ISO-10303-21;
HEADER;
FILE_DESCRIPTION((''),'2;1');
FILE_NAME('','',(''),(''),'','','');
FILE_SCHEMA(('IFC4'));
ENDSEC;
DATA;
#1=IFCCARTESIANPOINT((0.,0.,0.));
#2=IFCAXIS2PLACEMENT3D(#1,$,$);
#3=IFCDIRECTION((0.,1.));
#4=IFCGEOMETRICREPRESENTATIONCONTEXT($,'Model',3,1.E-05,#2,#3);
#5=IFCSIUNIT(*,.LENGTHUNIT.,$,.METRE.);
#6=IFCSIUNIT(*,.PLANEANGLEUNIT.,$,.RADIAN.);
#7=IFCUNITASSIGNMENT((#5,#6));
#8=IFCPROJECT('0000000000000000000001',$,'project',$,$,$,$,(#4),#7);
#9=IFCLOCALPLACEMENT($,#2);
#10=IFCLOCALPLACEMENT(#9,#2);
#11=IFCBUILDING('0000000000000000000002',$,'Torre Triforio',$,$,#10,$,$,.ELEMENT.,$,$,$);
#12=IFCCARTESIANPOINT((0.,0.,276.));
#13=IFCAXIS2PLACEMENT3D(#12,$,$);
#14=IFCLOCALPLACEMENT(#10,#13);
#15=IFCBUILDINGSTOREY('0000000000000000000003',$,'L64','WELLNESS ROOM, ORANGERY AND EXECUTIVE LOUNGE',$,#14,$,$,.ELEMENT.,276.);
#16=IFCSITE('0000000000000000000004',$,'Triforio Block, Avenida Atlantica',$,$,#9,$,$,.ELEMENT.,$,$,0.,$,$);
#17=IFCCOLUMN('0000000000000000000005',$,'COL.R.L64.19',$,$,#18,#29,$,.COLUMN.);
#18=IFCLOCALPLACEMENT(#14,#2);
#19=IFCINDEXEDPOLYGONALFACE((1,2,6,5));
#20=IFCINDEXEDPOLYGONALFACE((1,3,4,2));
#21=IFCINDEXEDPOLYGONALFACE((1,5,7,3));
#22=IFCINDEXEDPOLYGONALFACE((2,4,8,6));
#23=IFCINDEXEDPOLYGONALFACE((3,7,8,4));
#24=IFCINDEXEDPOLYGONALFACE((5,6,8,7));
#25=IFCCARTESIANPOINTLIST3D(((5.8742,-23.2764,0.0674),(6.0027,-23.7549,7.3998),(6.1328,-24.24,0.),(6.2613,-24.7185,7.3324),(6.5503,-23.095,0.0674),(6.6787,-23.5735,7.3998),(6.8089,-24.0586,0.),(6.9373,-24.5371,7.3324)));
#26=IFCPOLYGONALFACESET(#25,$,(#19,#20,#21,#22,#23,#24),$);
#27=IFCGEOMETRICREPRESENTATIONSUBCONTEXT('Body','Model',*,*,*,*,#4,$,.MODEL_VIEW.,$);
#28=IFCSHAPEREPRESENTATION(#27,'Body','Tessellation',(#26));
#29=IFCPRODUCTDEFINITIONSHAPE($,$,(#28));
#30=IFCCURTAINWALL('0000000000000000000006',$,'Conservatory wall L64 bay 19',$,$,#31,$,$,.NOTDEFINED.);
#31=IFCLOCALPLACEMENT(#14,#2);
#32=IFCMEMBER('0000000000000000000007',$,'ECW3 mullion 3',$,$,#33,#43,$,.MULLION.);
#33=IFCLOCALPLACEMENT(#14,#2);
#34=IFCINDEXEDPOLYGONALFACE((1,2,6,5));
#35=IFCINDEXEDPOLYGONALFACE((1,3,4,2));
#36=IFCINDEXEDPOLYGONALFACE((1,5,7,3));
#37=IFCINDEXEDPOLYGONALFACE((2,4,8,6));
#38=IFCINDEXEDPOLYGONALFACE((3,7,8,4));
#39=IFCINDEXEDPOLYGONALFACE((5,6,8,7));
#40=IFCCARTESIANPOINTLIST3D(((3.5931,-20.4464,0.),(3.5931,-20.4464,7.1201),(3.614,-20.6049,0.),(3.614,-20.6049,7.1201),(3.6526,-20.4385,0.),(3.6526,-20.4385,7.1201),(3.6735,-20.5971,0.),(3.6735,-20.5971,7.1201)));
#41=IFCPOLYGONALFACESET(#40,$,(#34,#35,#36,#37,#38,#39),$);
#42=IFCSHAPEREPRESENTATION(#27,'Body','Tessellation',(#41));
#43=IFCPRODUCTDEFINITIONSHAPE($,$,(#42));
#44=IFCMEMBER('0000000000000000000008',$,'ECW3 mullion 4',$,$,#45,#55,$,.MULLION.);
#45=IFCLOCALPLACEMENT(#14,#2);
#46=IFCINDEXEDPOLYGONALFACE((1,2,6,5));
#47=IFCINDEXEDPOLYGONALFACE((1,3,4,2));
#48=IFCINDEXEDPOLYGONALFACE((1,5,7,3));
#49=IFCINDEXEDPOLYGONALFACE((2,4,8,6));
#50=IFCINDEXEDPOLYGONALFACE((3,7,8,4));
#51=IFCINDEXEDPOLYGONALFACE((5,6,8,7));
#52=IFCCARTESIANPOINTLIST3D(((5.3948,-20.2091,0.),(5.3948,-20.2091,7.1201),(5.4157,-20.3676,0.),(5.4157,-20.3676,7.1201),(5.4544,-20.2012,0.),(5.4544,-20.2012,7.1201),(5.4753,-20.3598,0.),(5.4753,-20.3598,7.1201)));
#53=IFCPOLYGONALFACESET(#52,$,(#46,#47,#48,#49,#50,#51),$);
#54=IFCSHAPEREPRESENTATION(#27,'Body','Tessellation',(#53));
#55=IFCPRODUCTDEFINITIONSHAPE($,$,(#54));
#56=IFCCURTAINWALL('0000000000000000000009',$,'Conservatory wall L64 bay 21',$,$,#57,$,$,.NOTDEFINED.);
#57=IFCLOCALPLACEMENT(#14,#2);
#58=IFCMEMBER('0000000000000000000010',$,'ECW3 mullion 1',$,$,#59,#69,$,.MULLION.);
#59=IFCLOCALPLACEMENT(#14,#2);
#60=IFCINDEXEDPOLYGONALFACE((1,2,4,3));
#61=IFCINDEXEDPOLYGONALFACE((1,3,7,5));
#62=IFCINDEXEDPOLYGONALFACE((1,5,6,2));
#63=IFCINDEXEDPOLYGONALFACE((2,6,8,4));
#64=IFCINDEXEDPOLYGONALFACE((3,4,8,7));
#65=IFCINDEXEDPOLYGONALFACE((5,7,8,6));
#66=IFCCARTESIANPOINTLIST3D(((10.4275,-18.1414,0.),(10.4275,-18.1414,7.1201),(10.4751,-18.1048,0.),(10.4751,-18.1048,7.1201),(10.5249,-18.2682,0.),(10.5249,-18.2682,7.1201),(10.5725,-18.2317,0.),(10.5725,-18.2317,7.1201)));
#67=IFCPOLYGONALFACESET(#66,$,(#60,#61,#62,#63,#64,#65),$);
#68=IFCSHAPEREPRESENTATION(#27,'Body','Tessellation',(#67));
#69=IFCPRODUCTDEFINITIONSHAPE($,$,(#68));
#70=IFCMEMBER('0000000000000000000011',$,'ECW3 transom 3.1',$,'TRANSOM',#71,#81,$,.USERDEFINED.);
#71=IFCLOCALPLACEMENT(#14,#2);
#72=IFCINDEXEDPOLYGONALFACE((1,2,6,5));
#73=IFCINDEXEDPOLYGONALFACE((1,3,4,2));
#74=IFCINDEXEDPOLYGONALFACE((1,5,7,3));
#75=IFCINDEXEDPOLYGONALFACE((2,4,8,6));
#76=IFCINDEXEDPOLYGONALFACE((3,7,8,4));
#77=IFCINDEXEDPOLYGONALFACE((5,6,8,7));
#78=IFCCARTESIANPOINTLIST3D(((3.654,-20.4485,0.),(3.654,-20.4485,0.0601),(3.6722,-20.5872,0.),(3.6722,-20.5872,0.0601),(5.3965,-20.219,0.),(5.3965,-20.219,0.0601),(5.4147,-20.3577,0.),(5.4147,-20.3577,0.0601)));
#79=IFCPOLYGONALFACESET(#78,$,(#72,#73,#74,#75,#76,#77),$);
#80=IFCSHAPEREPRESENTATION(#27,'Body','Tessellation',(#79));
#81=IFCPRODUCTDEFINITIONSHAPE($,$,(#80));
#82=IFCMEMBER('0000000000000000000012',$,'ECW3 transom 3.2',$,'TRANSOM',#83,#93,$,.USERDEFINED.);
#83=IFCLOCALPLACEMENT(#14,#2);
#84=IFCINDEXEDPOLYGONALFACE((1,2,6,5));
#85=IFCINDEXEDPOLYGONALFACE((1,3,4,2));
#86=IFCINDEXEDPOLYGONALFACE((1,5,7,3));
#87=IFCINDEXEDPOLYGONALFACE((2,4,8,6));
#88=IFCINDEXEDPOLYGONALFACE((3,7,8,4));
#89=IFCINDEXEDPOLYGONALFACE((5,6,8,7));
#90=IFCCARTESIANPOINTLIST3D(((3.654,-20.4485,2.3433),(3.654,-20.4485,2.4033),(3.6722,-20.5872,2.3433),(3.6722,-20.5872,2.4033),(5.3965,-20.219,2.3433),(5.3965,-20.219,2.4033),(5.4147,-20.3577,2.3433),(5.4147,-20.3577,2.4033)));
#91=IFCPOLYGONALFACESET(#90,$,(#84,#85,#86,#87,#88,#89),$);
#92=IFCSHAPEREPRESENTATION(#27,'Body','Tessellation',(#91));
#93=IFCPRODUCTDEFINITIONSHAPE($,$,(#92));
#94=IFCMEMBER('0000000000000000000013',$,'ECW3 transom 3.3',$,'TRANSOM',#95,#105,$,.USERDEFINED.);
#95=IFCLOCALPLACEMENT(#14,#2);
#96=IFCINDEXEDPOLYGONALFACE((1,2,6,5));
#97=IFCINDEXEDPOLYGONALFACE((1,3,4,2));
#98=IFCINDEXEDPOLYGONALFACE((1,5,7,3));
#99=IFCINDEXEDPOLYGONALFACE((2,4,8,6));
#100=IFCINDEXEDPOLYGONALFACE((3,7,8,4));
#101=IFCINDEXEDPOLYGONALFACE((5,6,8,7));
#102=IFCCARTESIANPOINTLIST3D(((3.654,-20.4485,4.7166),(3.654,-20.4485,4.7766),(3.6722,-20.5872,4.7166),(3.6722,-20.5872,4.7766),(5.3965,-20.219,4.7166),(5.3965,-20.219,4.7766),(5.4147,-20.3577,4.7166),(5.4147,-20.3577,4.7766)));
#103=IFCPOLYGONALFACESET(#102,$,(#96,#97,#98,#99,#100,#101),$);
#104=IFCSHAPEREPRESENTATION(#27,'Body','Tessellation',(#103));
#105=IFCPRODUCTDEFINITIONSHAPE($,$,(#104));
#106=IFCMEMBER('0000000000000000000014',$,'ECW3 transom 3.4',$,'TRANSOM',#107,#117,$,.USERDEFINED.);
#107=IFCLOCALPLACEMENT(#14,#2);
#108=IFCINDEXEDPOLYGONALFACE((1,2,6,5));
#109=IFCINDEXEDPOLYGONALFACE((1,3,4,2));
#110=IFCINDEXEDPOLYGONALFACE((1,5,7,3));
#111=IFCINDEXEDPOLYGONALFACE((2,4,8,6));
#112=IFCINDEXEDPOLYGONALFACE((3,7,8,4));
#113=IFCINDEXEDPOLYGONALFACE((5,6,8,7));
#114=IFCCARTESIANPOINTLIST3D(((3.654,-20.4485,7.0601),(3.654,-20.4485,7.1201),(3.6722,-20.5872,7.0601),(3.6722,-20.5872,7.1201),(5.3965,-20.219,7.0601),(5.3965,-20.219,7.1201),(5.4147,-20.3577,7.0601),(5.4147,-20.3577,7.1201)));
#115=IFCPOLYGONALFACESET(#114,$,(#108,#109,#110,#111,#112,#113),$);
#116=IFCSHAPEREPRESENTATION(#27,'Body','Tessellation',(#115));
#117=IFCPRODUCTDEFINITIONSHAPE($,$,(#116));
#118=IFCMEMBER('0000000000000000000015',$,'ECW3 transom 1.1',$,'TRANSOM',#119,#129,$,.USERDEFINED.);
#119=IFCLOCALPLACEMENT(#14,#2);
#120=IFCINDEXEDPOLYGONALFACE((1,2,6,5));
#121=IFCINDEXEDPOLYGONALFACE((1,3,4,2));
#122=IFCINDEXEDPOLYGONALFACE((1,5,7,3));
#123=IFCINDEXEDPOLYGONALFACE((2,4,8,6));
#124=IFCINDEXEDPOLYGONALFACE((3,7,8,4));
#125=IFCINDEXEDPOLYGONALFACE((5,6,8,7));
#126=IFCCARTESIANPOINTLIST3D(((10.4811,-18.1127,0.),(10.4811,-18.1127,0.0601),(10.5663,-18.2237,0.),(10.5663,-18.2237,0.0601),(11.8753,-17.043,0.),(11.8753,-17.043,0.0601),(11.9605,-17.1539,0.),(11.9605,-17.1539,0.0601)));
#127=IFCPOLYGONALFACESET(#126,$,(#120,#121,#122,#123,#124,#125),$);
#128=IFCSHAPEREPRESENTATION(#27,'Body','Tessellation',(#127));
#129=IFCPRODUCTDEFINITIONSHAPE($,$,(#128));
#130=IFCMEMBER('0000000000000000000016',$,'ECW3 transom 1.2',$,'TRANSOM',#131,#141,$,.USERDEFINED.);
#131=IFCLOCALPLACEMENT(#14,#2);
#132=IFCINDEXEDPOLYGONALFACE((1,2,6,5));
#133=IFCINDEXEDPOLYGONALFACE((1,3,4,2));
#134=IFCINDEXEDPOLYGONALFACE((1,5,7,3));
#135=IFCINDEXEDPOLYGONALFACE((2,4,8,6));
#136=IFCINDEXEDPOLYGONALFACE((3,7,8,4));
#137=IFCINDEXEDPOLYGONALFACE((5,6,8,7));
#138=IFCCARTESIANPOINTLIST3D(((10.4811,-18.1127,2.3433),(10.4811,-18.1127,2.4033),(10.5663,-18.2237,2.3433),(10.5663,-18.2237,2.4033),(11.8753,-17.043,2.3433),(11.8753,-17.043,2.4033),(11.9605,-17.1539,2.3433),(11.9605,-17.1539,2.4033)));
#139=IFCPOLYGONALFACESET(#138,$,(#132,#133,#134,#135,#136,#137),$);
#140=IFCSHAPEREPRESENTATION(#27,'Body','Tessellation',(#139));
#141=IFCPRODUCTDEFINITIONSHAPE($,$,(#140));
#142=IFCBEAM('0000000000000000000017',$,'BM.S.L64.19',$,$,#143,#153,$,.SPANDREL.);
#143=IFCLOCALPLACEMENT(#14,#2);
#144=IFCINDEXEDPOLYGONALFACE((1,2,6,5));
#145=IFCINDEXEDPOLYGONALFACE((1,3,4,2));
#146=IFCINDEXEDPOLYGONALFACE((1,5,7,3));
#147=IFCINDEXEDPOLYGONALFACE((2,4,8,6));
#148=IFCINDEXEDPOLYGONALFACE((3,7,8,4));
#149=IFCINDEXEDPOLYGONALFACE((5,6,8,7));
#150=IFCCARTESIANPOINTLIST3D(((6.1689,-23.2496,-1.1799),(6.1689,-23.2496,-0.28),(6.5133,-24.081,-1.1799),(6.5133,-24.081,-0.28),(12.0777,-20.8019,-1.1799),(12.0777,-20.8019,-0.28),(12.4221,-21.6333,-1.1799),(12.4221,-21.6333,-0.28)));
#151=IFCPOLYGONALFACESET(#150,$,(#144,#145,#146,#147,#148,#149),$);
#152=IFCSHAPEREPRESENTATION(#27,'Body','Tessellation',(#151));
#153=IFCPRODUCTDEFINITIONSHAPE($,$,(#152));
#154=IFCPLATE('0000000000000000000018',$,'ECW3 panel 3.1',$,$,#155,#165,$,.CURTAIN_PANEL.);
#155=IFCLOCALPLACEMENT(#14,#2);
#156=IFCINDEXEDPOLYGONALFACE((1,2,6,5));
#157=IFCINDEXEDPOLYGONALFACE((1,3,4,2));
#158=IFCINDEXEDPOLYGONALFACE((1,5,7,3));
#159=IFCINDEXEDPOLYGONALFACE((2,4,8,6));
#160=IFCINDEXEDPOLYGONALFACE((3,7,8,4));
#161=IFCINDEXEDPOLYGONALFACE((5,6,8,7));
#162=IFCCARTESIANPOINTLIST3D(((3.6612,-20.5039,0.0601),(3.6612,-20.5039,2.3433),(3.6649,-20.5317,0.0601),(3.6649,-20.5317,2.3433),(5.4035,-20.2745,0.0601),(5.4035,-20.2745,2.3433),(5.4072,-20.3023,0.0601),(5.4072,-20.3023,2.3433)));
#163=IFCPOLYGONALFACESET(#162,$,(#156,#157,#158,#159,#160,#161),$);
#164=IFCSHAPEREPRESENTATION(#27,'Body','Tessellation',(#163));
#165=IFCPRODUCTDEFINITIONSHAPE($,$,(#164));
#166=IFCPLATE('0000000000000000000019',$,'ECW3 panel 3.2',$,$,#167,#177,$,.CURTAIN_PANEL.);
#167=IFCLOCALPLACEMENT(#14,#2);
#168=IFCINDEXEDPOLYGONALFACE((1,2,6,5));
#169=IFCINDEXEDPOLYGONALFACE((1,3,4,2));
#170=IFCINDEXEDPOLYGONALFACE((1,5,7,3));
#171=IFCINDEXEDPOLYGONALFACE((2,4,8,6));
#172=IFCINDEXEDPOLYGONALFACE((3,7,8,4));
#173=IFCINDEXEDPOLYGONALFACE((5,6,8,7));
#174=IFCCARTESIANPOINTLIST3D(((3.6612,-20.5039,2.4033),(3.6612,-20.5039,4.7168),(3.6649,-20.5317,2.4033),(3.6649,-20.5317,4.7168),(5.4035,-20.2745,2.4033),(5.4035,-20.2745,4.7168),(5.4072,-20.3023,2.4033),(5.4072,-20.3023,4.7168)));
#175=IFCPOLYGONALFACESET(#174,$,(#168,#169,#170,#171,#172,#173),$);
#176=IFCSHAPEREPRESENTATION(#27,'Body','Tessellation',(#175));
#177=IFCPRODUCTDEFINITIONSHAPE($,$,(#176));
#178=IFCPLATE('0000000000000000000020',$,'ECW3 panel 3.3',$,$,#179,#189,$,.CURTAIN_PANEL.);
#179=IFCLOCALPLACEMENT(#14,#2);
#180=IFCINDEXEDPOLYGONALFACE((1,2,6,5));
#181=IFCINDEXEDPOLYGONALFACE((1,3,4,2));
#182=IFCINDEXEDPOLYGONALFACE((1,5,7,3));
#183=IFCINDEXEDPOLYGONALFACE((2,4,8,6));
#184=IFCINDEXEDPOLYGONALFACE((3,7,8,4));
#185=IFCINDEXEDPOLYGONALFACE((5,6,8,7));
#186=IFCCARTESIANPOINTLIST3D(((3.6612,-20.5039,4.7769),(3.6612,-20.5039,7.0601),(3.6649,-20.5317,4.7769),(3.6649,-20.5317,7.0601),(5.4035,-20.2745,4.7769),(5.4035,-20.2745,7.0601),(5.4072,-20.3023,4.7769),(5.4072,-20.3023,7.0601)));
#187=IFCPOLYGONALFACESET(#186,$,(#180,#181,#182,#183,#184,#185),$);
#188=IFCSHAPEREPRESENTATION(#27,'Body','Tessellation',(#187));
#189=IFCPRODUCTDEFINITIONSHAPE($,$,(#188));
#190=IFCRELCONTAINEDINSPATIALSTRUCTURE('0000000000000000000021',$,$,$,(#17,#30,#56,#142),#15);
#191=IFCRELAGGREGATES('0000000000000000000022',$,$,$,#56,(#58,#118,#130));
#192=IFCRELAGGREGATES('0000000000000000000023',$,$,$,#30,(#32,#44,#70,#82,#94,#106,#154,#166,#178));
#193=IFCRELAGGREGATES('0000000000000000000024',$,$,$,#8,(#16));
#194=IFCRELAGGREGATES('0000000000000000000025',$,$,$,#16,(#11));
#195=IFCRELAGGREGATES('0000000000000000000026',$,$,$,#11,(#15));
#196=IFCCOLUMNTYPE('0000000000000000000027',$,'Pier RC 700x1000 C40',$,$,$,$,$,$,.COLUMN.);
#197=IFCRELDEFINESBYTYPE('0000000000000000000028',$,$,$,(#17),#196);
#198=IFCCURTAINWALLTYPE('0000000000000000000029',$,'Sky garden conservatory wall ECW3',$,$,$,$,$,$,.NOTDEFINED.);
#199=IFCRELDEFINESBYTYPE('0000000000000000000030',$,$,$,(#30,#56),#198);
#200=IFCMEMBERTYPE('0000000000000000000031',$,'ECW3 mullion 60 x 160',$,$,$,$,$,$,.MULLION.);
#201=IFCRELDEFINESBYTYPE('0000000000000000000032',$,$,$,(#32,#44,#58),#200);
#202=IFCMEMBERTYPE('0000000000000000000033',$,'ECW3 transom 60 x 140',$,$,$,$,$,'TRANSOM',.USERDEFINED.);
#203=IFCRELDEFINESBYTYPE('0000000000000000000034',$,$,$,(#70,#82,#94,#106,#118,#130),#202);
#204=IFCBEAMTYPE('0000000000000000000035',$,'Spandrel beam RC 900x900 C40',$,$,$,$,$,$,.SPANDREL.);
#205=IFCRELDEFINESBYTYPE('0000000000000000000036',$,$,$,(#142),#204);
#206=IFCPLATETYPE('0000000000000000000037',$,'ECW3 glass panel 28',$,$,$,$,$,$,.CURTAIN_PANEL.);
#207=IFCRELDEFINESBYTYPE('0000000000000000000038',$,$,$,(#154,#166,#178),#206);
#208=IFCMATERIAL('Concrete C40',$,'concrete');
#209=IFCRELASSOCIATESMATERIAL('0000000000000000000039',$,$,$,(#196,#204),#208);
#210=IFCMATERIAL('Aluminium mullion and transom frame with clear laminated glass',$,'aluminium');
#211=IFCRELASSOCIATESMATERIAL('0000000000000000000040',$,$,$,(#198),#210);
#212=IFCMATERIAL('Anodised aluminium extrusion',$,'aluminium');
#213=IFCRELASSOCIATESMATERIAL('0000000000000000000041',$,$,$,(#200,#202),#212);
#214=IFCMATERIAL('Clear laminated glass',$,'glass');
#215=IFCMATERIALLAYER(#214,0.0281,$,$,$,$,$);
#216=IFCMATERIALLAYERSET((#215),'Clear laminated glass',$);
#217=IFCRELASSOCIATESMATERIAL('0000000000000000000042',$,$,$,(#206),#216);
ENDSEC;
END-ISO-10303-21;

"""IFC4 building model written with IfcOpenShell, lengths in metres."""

from ifc_helpers import new_model, si_unit, direction, frame, origin, origin_2d, place, context, subcontext, project, spatial, rectangle, extrude, material, layer, layer_set, material_profile, profile_set, type_object, element, aggregate, save


model = new_model("IFC4")

# Units and contexts
model_context = context("Model", 3, precision=1e-05, world=origin(), true_north=direction((0.0, 1.0)))
body_context = subcontext(model_context, "Body", "Model", "MODEL_VIEW")
ifc_project = project(units=[si_unit("LENGTHUNIT", "METRE"), si_unit("PLANEANGLEUNIT", "RADIAN")], contexts=[model_context])

# Site, building, storey
site_placement = place(None, origin())
site = spatial("IfcSite", under=ifc_project, at=site_placement, Name="Triforio Block, Avenida Atlantica", CompositionType="ELEMENT", RefElevation=0.0)
building_placement = place(site_placement, origin())
building = spatial("IfcBuilding", under=site, at=building_placement, Name="Torre Triforio", CompositionType="ELEMENT")
storey_placement = place(building_placement, frame((0.0, 0.0, 276.0)))
storey = spatial("IfcBuildingStorey", under=building, at=storey_placement, Name="L64", Description="WELLNESS ROOM, ORANGERY AND EXECUTIVE LOUNGE", CompositionType="ELEMENT", Elevation=276.0)

# Column
ifc_material_1 = material(Name="Concrete C40", Category="concrete")
ifc_material_profile_1 = material_profile(ifc_material_1, rectangle(XDim=0.7, YDim=1.0, at=origin_2d()), Name="RC 700x1000")
ifc_profile_set_1 = profile_set([ifc_material_profile_1], Name="Concrete C40")
column_type = type_object("IfcColumnType", Name="Pier RC 700x1000 C40", PredefinedType="COLUMN", material=ifc_profile_set_1)
column_placement = place(storey_placement, frame((6.3416, -23.6675, 0.0337), z_axis=(0.017474, -0.065111, 0.997725), x_axis=(0.965825, 0.259196, 0.0)))
element("IfcColumn", 1, at=column_placement, inside=storey, type_object=column_type, Name="COL.R.L64.19", PredefinedType="COLUMN", context=body_context, shape_type="SweptSolid", body=[
    extrude(rectangle(XDim=0.7, YDim=1.0, at=origin_2d()), origin(), (0.0, 0.0, 1.0), 7.3491),
])

# Curtain wall, members
ifc_material_2 = material(Name="Aluminium mullion and transom frame with clear laminated glass", Category="aluminium")
curtain_wall_type = type_object("IfcCurtainWallType", Name="Sky garden conservatory wall ECW3", PredefinedType="NOTDEFINED", material=ifc_material_2)
curtain_wall_1_placement = place(storey_placement, origin())
curtain_wall_1 = element("IfcCurtainWall", 2, at=curtain_wall_1_placement, inside=storey, type_object=curtain_wall_type, Name="Conservatory wall L64 bay 19", PredefinedType="NOTDEFINED")
ifc_material_3 = material(Name="Anodised aluminium extrusion", Category="aluminium")
ifc_material_profile_2 = material_profile(ifc_material_3, rectangle(XDim=0.1599, YDim=0.0601, at=origin_2d()), Name="ECW3 MULLION 60x160")
ifc_profile_set_2 = profile_set([ifc_material_profile_2], Name="Anodised aluminium extrusion")
member_type_1 = type_object("IfcMemberType", Name="ECW3 mullion 60 x 160", PredefinedType="MULLION", material=ifc_profile_set_2)
member_1_placement = place(storey_placement, frame((3.6333, -20.5217, 0.0), z_axis=(0.0, 0.0, 1.0), x_axis=(-0.13053, 0.991444, 0.0)))
member_1 = element("IfcMember", 3, at=member_1_placement, type_object=member_type_1, Name="ECW3 mullion 3", PredefinedType="MULLION", context=body_context, shape_type="SweptSolid", body=[
    extrude(rectangle(XDim=0.1599, YDim=0.0601, at=origin_2d()), origin(), (0.0, 0.0, 1.0), 7.1201),
])
member_2_placement = place(storey_placement, frame((5.4351, -20.2844, 0.0), z_axis=(0.0, 0.0, 1.0), x_axis=(-0.13053, 0.991444, 0.0)))
member_2 = element("IfcMember", 4, at=member_2_placement, type_object=member_type_1, Name="ECW3 mullion 4", PredefinedType="MULLION", context=body_context, shape_type="SweptSolid", body=[
    extrude(rectangle(XDim=0.1599, YDim=0.0601, at=origin_2d()), origin(), (0.0, 0.0, 1.0), 7.1201),
])

# Curtain wall, member
curtain_wall_2_placement = place(storey_placement, origin())
curtain_wall_2 = element("IfcCurtainWall", 5, at=curtain_wall_2_placement, inside=storey, type_object=curtain_wall_type, Name="Conservatory wall L64 bay 21", PredefinedType="NOTDEFINED")
member_3_placement = place(storey_placement, frame((10.5, -18.1865, 0.0), z_axis=(0.0, 0.0, 1.0), x_axis=(-0.608763, 0.793352, 0.0)))
member_3 = element("IfcMember", 6, at=member_3_placement, type_object=member_type_1, Name="ECW3 mullion 1", PredefinedType="MULLION", context=body_context, shape_type="SweptSolid", body=[
    extrude(rectangle(XDim=0.1599, YDim=0.0601, at=origin_2d()), origin(), (0.0, 0.0, 1.0), 7.1201),
])

# Members
ifc_material_profile_3 = material_profile(ifc_material_3, rectangle(XDim=0.1399, YDim=0.0601, at=origin_2d()), Name="ECW3 TRANSOM 60x140")
ifc_profile_set_3 = profile_set([ifc_material_profile_3], Name="Anodised aluminium extrusion")
member_type_2 = type_object("IfcMemberType", Name="ECW3 transom 60 x 140", ElementType="TRANSOM", PredefinedType="USERDEFINED", material=ifc_profile_set_3)
member_4_placement = place(storey_placement, frame((3.6631, -20.5178, 0.03), z_axis=(0.991438, 0.13058, 0.0), x_axis=(-0.13058, 0.991438, 0.0)))
member_4 = element("IfcMember", 7, at=member_4_placement, type_object=member_type_2, Name="ECW3 transom 3.1", ObjectType="TRANSOM", PredefinedType="USERDEFINED", context=body_context, shape_type="SweptSolid", body=[
    extrude(rectangle(XDim=0.1399, YDim=0.0601, at=origin_2d()), origin(), (0.0, 0.0, 1.0), 1.7576),
])
member_5_placement = place(storey_placement, frame((3.6631, -20.5178, 2.3733), z_axis=(0.991438, 0.13058, 0.0), x_axis=(-0.13058, 0.991438, 0.0)))
member_5 = element("IfcMember", 8, at=member_5_placement, type_object=member_type_2, Name="ECW3 transom 3.2", ObjectType="TRANSOM", PredefinedType="USERDEFINED", context=body_context, shape_type="SweptSolid", body=[
    extrude(rectangle(XDim=0.1399, YDim=0.0601, at=origin_2d()), origin(), (0.0, 0.0, 1.0), 1.7576),
])
member_6_placement = place(storey_placement, frame((3.6631, -20.5178, 4.7466), z_axis=(0.991438, 0.13058, 0.0), x_axis=(-0.13058, 0.991438, 0.0)))
member_6 = element("IfcMember", 9, at=member_6_placement, type_object=member_type_2, Name="ECW3 transom 3.3", ObjectType="TRANSOM", PredefinedType="USERDEFINED", context=body_context, shape_type="SweptSolid", body=[
    extrude(rectangle(XDim=0.1399, YDim=0.0601, at=origin_2d()), origin(), (0.0, 0.0, 1.0), 1.7576),
])
member_7_placement = place(storey_placement, frame((3.6631, -20.5178, 7.0901), z_axis=(0.991438, 0.13058, 0.0), x_axis=(-0.13058, 0.991438, 0.0)))
member_7 = element("IfcMember", 10, at=member_7_placement, type_object=member_type_2, Name="ECW3 transom 3.4", ObjectType="TRANSOM", PredefinedType="USERDEFINED", context=body_context, shape_type="SweptSolid", body=[
    extrude(rectangle(XDim=0.1399, YDim=0.0601, at=origin_2d()), origin(), (0.0, 0.0, 1.0), 1.7576),
])
member_8_placement = place(storey_placement, frame((10.5237, -18.1682, 0.03), z_axis=(0.793367, 0.608744, 0.0), x_axis=(-0.608744, 0.793367, 0.0)))
member_8 = element("IfcMember", 11, at=member_8_placement, type_object=member_type_2, Name="ECW3 transom 1.1", ObjectType="TRANSOM", PredefinedType="USERDEFINED", context=body_context, shape_type="SweptSolid", body=[
    extrude(rectangle(XDim=0.1399, YDim=0.0601, at=origin_2d()), origin(), (0.0, 0.0, 1.0), 1.7573),
])
member_9_placement = place(storey_placement, frame((10.5237, -18.1682, 2.3733), z_axis=(0.793367, 0.608744, 0.0), x_axis=(-0.608744, 0.793367, 0.0)))
member_9 = element("IfcMember", 12, at=member_9_placement, type_object=member_type_2, Name="ECW3 transom 1.2", ObjectType="TRANSOM", PredefinedType="USERDEFINED", context=body_context, shape_type="SweptSolid", body=[
    extrude(rectangle(XDim=0.1399, YDim=0.0601, at=origin_2d()), origin(), (0.0, 0.0, 1.0), 1.7573),
])
aggregate(curtain_wall_2, [member_3, member_8, member_9])

# Beam
ifc_material_profile_4 = material_profile(ifc_material_1, rectangle(XDim=0.8999, YDim=0.8999, at=origin_2d()), Name="RC 900x900")
ifc_profile_set_4 = profile_set([ifc_material_profile_4], Name="Concrete C40")
beam_type = type_object("IfcBeamType", Name="Spandrel beam RC 900x900 C40", PredefinedType="SPANDREL", material=ifc_profile_set_4)
beam_placement = place(storey_placement, frame((6.3411, -23.6653, -0.73), z_axis=(0.923869, 0.382709, 0.0), x_axis=(-0.382709, 0.923869, 0.0)))
element("IfcBeam", 13, at=beam_placement, inside=storey, type_object=beam_type, Name="BM.S.L64.19", PredefinedType="SPANDREL", context=body_context, shape_type="SweptSolid", body=[
    extrude(rectangle(XDim=0.8999, YDim=0.8999, at=origin_2d()), origin(), (0.0, 0.0, 1.0), 6.3958),
])

# Plates
ifc_material_4 = material(Name="Clear laminated glass", Category="glass")
ifc_layer_1 = layer(ifc_material_4, 0.0281)
ifc_layer_set_1 = layer_set([ifc_layer_1], Name="Clear laminated glass")
plate_type = type_object("IfcPlateType", Name="ECW3 glass panel 28", PredefinedType="CURTAIN_PANEL", material=ifc_layer_set_1)
plate_1_placement = place(storey_placement, frame((4.5342, -20.4031, 0.0601), z_axis=(0.0, 0.0, 1.0), x_axis=(0.991444, 0.13053, 0.0)))
plate_1 = element("IfcPlate", 14, at=plate_1_placement, type_object=plate_type, Name="ECW3 panel 3.1", PredefinedType="CURTAIN_PANEL", context=body_context, shape_type="SweptSolid", body=[
    extrude(rectangle(XDim=1.7573, YDim=0.0281, at=origin_2d()), origin(), (0.0, 0.0, 1.0), 2.2832),
])
plate_2_placement = place(storey_placement, frame((4.5342, -20.4031, 2.4033), z_axis=(0.0, 0.0, 1.0), x_axis=(0.991444, 0.13053, 0.0)))
plate_2 = element("IfcPlate", 15, at=plate_2_placement, type_object=plate_type, Name="ECW3 panel 3.2", PredefinedType="CURTAIN_PANEL", context=body_context, shape_type="SweptSolid", body=[
    extrude(rectangle(XDim=1.7573, YDim=0.0281, at=origin_2d()), origin(), (0.0, 0.0, 1.0), 2.3135),
])
plate_3_placement = place(storey_placement, frame((4.5342, -20.4031, 4.7769), z_axis=(0.0, 0.0, 1.0), x_axis=(0.991444, 0.13053, 0.0)))
plate_3 = element("IfcPlate", 16, at=plate_3_placement, type_object=plate_type, Name="ECW3 panel 3.3", PredefinedType="CURTAIN_PANEL", context=body_context, shape_type="SweptSolid", body=[
    extrude(rectangle(XDim=1.7573, YDim=0.0281, at=origin_2d()), origin(), (0.0, 0.0, 1.0), 2.2832),
])
aggregate(curtain_wall_1, [member_1, member_2, member_4, member_5, member_6, member_7, plate_1, plate_2, plate_3])

save(model, "model.ifc")
